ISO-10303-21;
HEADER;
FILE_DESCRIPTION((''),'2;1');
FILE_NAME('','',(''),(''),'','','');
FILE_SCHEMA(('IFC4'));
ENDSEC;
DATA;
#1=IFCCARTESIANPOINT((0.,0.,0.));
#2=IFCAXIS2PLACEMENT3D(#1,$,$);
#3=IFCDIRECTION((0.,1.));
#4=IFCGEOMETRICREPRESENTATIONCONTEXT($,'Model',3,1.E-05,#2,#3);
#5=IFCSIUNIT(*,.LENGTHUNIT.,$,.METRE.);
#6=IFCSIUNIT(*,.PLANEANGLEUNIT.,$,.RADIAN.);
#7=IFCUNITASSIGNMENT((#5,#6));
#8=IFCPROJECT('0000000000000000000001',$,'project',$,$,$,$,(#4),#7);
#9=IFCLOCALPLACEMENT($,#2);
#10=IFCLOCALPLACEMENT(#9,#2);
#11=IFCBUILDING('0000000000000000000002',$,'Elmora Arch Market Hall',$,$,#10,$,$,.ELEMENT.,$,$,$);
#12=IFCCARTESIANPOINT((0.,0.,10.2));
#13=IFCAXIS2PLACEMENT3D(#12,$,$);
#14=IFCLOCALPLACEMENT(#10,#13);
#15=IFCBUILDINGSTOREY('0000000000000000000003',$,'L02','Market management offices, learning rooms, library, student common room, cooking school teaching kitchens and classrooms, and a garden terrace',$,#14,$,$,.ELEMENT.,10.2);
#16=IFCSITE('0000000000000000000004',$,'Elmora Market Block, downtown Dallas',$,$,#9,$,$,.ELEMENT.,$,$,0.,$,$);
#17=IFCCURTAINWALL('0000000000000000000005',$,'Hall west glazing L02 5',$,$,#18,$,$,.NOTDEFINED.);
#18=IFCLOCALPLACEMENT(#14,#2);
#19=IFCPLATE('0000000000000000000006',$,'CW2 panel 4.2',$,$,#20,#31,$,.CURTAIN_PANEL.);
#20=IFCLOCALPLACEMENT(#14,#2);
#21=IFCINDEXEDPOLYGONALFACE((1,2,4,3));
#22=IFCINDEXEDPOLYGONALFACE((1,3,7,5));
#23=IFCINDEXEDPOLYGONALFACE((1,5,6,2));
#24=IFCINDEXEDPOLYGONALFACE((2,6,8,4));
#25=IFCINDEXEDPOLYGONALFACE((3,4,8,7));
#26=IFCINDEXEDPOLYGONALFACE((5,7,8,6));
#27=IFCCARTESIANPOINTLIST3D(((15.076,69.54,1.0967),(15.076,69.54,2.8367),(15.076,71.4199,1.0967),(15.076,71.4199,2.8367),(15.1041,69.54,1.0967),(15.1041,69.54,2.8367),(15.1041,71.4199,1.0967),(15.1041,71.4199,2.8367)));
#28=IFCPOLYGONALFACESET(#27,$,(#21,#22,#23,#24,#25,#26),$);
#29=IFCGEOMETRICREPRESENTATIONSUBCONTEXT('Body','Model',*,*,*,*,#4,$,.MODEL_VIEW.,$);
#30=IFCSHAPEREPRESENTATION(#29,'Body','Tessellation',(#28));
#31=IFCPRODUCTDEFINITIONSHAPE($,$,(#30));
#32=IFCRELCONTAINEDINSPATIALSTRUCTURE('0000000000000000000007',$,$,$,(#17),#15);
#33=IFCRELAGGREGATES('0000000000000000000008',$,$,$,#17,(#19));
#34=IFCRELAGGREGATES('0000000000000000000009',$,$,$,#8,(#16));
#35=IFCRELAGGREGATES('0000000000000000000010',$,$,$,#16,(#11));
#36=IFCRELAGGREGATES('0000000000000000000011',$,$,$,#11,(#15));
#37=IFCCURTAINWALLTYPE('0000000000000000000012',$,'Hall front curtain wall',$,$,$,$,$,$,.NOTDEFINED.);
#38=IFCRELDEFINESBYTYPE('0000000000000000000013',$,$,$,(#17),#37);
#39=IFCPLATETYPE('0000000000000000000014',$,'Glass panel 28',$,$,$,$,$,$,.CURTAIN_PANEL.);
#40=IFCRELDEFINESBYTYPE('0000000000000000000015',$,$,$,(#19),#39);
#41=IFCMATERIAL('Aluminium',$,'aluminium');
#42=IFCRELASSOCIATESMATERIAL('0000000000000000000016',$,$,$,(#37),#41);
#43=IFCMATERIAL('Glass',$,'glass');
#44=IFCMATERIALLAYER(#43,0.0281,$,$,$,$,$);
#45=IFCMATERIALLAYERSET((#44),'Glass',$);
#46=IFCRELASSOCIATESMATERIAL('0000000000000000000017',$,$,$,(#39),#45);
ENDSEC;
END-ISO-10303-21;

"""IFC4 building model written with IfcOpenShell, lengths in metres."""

from ifc_helpers import new_model, si_unit, direction, frame, origin, origin_2d, place, context, subcontext, project, spatial, rectangle, extrude, material, layer, layer_set, type_object, element, aggregate, save


model = new_model("IFC4")

# Units and contexts
model_context = context("Model", 3, precision=1e-05, world=origin(), true_north=direction((0.0, 1.0)))
body_context = subcontext(model_context, "Body", "Model", "MODEL_VIEW")
ifc_project = project(units=[si_unit("LENGTHUNIT", "METRE"), si_unit("PLANEANGLEUNIT", "RADIAN")], contexts=[model_context])

# Site, building, storey
site_placement = place(None, origin())
site = spatial("IfcSite", under=ifc_project, at=site_placement, Name="Elmora Market Block, downtown Dallas", CompositionType="ELEMENT", RefElevation=0.0)
building_placement = place(site_placement, origin())
building = spatial("IfcBuilding", under=site, at=building_placement, Name="Elmora Arch Market Hall", CompositionType="ELEMENT")
storey_placement = place(building_placement, frame((0.0, 0.0, 10.2)))
storey = spatial("IfcBuildingStorey", under=building, at=storey_placement, Name="L02", Description="Market management offices, learning rooms, library, student common room, cooking school teaching kitchens and classrooms, and a garden terrace", CompositionType="ELEMENT", Elevation=10.2)

# Curtain wall, plate
ifc_material_1 = material(Name="Aluminium", Category="aluminium")
curtain_wall_type = type_object("IfcCurtainWallType", Name="Hall front curtain wall", PredefinedType="NOTDEFINED", material=ifc_material_1)
curtain_wall_placement = place(storey_placement, origin())
curtain_wall = element("IfcCurtainWall", 1, at=curtain_wall_placement, inside=storey, type_object=curtain_wall_type, Name="Hall west glazing L02 5", PredefinedType="NOTDEFINED")
ifc_material_2 = material(Name="Glass", Category="glass")
ifc_layer = layer(ifc_material_2, 0.0281)
ifc_layer_set = layer_set([ifc_layer], Name="Glass")
plate_type = type_object("IfcPlateType", Name="Glass panel 28", PredefinedType="CURTAIN_PANEL", material=ifc_layer_set)
plate_1_placement = place(storey_placement, frame((15.0901, 70.48, 1.0967), z_axis=(0.0, 0.0, 1.0), x_axis=(0.0, 1.0, 0.0)))
plate_1 = element("IfcPlate", 2, at=plate_1_placement, type_object=plate_type, Name="CW2 panel 4.2", PredefinedType="CURTAIN_PANEL", context=body_context, shape_type="SweptSolid", body=[
    extrude(rectangle(XDim=1.8799, YDim=0.0281, at=origin_2d()), origin(), (0.0, 0.0, 1.0), 1.74),
])
aggregate(curtain_wall, [plate_1])

save(model, "model.ifc")
